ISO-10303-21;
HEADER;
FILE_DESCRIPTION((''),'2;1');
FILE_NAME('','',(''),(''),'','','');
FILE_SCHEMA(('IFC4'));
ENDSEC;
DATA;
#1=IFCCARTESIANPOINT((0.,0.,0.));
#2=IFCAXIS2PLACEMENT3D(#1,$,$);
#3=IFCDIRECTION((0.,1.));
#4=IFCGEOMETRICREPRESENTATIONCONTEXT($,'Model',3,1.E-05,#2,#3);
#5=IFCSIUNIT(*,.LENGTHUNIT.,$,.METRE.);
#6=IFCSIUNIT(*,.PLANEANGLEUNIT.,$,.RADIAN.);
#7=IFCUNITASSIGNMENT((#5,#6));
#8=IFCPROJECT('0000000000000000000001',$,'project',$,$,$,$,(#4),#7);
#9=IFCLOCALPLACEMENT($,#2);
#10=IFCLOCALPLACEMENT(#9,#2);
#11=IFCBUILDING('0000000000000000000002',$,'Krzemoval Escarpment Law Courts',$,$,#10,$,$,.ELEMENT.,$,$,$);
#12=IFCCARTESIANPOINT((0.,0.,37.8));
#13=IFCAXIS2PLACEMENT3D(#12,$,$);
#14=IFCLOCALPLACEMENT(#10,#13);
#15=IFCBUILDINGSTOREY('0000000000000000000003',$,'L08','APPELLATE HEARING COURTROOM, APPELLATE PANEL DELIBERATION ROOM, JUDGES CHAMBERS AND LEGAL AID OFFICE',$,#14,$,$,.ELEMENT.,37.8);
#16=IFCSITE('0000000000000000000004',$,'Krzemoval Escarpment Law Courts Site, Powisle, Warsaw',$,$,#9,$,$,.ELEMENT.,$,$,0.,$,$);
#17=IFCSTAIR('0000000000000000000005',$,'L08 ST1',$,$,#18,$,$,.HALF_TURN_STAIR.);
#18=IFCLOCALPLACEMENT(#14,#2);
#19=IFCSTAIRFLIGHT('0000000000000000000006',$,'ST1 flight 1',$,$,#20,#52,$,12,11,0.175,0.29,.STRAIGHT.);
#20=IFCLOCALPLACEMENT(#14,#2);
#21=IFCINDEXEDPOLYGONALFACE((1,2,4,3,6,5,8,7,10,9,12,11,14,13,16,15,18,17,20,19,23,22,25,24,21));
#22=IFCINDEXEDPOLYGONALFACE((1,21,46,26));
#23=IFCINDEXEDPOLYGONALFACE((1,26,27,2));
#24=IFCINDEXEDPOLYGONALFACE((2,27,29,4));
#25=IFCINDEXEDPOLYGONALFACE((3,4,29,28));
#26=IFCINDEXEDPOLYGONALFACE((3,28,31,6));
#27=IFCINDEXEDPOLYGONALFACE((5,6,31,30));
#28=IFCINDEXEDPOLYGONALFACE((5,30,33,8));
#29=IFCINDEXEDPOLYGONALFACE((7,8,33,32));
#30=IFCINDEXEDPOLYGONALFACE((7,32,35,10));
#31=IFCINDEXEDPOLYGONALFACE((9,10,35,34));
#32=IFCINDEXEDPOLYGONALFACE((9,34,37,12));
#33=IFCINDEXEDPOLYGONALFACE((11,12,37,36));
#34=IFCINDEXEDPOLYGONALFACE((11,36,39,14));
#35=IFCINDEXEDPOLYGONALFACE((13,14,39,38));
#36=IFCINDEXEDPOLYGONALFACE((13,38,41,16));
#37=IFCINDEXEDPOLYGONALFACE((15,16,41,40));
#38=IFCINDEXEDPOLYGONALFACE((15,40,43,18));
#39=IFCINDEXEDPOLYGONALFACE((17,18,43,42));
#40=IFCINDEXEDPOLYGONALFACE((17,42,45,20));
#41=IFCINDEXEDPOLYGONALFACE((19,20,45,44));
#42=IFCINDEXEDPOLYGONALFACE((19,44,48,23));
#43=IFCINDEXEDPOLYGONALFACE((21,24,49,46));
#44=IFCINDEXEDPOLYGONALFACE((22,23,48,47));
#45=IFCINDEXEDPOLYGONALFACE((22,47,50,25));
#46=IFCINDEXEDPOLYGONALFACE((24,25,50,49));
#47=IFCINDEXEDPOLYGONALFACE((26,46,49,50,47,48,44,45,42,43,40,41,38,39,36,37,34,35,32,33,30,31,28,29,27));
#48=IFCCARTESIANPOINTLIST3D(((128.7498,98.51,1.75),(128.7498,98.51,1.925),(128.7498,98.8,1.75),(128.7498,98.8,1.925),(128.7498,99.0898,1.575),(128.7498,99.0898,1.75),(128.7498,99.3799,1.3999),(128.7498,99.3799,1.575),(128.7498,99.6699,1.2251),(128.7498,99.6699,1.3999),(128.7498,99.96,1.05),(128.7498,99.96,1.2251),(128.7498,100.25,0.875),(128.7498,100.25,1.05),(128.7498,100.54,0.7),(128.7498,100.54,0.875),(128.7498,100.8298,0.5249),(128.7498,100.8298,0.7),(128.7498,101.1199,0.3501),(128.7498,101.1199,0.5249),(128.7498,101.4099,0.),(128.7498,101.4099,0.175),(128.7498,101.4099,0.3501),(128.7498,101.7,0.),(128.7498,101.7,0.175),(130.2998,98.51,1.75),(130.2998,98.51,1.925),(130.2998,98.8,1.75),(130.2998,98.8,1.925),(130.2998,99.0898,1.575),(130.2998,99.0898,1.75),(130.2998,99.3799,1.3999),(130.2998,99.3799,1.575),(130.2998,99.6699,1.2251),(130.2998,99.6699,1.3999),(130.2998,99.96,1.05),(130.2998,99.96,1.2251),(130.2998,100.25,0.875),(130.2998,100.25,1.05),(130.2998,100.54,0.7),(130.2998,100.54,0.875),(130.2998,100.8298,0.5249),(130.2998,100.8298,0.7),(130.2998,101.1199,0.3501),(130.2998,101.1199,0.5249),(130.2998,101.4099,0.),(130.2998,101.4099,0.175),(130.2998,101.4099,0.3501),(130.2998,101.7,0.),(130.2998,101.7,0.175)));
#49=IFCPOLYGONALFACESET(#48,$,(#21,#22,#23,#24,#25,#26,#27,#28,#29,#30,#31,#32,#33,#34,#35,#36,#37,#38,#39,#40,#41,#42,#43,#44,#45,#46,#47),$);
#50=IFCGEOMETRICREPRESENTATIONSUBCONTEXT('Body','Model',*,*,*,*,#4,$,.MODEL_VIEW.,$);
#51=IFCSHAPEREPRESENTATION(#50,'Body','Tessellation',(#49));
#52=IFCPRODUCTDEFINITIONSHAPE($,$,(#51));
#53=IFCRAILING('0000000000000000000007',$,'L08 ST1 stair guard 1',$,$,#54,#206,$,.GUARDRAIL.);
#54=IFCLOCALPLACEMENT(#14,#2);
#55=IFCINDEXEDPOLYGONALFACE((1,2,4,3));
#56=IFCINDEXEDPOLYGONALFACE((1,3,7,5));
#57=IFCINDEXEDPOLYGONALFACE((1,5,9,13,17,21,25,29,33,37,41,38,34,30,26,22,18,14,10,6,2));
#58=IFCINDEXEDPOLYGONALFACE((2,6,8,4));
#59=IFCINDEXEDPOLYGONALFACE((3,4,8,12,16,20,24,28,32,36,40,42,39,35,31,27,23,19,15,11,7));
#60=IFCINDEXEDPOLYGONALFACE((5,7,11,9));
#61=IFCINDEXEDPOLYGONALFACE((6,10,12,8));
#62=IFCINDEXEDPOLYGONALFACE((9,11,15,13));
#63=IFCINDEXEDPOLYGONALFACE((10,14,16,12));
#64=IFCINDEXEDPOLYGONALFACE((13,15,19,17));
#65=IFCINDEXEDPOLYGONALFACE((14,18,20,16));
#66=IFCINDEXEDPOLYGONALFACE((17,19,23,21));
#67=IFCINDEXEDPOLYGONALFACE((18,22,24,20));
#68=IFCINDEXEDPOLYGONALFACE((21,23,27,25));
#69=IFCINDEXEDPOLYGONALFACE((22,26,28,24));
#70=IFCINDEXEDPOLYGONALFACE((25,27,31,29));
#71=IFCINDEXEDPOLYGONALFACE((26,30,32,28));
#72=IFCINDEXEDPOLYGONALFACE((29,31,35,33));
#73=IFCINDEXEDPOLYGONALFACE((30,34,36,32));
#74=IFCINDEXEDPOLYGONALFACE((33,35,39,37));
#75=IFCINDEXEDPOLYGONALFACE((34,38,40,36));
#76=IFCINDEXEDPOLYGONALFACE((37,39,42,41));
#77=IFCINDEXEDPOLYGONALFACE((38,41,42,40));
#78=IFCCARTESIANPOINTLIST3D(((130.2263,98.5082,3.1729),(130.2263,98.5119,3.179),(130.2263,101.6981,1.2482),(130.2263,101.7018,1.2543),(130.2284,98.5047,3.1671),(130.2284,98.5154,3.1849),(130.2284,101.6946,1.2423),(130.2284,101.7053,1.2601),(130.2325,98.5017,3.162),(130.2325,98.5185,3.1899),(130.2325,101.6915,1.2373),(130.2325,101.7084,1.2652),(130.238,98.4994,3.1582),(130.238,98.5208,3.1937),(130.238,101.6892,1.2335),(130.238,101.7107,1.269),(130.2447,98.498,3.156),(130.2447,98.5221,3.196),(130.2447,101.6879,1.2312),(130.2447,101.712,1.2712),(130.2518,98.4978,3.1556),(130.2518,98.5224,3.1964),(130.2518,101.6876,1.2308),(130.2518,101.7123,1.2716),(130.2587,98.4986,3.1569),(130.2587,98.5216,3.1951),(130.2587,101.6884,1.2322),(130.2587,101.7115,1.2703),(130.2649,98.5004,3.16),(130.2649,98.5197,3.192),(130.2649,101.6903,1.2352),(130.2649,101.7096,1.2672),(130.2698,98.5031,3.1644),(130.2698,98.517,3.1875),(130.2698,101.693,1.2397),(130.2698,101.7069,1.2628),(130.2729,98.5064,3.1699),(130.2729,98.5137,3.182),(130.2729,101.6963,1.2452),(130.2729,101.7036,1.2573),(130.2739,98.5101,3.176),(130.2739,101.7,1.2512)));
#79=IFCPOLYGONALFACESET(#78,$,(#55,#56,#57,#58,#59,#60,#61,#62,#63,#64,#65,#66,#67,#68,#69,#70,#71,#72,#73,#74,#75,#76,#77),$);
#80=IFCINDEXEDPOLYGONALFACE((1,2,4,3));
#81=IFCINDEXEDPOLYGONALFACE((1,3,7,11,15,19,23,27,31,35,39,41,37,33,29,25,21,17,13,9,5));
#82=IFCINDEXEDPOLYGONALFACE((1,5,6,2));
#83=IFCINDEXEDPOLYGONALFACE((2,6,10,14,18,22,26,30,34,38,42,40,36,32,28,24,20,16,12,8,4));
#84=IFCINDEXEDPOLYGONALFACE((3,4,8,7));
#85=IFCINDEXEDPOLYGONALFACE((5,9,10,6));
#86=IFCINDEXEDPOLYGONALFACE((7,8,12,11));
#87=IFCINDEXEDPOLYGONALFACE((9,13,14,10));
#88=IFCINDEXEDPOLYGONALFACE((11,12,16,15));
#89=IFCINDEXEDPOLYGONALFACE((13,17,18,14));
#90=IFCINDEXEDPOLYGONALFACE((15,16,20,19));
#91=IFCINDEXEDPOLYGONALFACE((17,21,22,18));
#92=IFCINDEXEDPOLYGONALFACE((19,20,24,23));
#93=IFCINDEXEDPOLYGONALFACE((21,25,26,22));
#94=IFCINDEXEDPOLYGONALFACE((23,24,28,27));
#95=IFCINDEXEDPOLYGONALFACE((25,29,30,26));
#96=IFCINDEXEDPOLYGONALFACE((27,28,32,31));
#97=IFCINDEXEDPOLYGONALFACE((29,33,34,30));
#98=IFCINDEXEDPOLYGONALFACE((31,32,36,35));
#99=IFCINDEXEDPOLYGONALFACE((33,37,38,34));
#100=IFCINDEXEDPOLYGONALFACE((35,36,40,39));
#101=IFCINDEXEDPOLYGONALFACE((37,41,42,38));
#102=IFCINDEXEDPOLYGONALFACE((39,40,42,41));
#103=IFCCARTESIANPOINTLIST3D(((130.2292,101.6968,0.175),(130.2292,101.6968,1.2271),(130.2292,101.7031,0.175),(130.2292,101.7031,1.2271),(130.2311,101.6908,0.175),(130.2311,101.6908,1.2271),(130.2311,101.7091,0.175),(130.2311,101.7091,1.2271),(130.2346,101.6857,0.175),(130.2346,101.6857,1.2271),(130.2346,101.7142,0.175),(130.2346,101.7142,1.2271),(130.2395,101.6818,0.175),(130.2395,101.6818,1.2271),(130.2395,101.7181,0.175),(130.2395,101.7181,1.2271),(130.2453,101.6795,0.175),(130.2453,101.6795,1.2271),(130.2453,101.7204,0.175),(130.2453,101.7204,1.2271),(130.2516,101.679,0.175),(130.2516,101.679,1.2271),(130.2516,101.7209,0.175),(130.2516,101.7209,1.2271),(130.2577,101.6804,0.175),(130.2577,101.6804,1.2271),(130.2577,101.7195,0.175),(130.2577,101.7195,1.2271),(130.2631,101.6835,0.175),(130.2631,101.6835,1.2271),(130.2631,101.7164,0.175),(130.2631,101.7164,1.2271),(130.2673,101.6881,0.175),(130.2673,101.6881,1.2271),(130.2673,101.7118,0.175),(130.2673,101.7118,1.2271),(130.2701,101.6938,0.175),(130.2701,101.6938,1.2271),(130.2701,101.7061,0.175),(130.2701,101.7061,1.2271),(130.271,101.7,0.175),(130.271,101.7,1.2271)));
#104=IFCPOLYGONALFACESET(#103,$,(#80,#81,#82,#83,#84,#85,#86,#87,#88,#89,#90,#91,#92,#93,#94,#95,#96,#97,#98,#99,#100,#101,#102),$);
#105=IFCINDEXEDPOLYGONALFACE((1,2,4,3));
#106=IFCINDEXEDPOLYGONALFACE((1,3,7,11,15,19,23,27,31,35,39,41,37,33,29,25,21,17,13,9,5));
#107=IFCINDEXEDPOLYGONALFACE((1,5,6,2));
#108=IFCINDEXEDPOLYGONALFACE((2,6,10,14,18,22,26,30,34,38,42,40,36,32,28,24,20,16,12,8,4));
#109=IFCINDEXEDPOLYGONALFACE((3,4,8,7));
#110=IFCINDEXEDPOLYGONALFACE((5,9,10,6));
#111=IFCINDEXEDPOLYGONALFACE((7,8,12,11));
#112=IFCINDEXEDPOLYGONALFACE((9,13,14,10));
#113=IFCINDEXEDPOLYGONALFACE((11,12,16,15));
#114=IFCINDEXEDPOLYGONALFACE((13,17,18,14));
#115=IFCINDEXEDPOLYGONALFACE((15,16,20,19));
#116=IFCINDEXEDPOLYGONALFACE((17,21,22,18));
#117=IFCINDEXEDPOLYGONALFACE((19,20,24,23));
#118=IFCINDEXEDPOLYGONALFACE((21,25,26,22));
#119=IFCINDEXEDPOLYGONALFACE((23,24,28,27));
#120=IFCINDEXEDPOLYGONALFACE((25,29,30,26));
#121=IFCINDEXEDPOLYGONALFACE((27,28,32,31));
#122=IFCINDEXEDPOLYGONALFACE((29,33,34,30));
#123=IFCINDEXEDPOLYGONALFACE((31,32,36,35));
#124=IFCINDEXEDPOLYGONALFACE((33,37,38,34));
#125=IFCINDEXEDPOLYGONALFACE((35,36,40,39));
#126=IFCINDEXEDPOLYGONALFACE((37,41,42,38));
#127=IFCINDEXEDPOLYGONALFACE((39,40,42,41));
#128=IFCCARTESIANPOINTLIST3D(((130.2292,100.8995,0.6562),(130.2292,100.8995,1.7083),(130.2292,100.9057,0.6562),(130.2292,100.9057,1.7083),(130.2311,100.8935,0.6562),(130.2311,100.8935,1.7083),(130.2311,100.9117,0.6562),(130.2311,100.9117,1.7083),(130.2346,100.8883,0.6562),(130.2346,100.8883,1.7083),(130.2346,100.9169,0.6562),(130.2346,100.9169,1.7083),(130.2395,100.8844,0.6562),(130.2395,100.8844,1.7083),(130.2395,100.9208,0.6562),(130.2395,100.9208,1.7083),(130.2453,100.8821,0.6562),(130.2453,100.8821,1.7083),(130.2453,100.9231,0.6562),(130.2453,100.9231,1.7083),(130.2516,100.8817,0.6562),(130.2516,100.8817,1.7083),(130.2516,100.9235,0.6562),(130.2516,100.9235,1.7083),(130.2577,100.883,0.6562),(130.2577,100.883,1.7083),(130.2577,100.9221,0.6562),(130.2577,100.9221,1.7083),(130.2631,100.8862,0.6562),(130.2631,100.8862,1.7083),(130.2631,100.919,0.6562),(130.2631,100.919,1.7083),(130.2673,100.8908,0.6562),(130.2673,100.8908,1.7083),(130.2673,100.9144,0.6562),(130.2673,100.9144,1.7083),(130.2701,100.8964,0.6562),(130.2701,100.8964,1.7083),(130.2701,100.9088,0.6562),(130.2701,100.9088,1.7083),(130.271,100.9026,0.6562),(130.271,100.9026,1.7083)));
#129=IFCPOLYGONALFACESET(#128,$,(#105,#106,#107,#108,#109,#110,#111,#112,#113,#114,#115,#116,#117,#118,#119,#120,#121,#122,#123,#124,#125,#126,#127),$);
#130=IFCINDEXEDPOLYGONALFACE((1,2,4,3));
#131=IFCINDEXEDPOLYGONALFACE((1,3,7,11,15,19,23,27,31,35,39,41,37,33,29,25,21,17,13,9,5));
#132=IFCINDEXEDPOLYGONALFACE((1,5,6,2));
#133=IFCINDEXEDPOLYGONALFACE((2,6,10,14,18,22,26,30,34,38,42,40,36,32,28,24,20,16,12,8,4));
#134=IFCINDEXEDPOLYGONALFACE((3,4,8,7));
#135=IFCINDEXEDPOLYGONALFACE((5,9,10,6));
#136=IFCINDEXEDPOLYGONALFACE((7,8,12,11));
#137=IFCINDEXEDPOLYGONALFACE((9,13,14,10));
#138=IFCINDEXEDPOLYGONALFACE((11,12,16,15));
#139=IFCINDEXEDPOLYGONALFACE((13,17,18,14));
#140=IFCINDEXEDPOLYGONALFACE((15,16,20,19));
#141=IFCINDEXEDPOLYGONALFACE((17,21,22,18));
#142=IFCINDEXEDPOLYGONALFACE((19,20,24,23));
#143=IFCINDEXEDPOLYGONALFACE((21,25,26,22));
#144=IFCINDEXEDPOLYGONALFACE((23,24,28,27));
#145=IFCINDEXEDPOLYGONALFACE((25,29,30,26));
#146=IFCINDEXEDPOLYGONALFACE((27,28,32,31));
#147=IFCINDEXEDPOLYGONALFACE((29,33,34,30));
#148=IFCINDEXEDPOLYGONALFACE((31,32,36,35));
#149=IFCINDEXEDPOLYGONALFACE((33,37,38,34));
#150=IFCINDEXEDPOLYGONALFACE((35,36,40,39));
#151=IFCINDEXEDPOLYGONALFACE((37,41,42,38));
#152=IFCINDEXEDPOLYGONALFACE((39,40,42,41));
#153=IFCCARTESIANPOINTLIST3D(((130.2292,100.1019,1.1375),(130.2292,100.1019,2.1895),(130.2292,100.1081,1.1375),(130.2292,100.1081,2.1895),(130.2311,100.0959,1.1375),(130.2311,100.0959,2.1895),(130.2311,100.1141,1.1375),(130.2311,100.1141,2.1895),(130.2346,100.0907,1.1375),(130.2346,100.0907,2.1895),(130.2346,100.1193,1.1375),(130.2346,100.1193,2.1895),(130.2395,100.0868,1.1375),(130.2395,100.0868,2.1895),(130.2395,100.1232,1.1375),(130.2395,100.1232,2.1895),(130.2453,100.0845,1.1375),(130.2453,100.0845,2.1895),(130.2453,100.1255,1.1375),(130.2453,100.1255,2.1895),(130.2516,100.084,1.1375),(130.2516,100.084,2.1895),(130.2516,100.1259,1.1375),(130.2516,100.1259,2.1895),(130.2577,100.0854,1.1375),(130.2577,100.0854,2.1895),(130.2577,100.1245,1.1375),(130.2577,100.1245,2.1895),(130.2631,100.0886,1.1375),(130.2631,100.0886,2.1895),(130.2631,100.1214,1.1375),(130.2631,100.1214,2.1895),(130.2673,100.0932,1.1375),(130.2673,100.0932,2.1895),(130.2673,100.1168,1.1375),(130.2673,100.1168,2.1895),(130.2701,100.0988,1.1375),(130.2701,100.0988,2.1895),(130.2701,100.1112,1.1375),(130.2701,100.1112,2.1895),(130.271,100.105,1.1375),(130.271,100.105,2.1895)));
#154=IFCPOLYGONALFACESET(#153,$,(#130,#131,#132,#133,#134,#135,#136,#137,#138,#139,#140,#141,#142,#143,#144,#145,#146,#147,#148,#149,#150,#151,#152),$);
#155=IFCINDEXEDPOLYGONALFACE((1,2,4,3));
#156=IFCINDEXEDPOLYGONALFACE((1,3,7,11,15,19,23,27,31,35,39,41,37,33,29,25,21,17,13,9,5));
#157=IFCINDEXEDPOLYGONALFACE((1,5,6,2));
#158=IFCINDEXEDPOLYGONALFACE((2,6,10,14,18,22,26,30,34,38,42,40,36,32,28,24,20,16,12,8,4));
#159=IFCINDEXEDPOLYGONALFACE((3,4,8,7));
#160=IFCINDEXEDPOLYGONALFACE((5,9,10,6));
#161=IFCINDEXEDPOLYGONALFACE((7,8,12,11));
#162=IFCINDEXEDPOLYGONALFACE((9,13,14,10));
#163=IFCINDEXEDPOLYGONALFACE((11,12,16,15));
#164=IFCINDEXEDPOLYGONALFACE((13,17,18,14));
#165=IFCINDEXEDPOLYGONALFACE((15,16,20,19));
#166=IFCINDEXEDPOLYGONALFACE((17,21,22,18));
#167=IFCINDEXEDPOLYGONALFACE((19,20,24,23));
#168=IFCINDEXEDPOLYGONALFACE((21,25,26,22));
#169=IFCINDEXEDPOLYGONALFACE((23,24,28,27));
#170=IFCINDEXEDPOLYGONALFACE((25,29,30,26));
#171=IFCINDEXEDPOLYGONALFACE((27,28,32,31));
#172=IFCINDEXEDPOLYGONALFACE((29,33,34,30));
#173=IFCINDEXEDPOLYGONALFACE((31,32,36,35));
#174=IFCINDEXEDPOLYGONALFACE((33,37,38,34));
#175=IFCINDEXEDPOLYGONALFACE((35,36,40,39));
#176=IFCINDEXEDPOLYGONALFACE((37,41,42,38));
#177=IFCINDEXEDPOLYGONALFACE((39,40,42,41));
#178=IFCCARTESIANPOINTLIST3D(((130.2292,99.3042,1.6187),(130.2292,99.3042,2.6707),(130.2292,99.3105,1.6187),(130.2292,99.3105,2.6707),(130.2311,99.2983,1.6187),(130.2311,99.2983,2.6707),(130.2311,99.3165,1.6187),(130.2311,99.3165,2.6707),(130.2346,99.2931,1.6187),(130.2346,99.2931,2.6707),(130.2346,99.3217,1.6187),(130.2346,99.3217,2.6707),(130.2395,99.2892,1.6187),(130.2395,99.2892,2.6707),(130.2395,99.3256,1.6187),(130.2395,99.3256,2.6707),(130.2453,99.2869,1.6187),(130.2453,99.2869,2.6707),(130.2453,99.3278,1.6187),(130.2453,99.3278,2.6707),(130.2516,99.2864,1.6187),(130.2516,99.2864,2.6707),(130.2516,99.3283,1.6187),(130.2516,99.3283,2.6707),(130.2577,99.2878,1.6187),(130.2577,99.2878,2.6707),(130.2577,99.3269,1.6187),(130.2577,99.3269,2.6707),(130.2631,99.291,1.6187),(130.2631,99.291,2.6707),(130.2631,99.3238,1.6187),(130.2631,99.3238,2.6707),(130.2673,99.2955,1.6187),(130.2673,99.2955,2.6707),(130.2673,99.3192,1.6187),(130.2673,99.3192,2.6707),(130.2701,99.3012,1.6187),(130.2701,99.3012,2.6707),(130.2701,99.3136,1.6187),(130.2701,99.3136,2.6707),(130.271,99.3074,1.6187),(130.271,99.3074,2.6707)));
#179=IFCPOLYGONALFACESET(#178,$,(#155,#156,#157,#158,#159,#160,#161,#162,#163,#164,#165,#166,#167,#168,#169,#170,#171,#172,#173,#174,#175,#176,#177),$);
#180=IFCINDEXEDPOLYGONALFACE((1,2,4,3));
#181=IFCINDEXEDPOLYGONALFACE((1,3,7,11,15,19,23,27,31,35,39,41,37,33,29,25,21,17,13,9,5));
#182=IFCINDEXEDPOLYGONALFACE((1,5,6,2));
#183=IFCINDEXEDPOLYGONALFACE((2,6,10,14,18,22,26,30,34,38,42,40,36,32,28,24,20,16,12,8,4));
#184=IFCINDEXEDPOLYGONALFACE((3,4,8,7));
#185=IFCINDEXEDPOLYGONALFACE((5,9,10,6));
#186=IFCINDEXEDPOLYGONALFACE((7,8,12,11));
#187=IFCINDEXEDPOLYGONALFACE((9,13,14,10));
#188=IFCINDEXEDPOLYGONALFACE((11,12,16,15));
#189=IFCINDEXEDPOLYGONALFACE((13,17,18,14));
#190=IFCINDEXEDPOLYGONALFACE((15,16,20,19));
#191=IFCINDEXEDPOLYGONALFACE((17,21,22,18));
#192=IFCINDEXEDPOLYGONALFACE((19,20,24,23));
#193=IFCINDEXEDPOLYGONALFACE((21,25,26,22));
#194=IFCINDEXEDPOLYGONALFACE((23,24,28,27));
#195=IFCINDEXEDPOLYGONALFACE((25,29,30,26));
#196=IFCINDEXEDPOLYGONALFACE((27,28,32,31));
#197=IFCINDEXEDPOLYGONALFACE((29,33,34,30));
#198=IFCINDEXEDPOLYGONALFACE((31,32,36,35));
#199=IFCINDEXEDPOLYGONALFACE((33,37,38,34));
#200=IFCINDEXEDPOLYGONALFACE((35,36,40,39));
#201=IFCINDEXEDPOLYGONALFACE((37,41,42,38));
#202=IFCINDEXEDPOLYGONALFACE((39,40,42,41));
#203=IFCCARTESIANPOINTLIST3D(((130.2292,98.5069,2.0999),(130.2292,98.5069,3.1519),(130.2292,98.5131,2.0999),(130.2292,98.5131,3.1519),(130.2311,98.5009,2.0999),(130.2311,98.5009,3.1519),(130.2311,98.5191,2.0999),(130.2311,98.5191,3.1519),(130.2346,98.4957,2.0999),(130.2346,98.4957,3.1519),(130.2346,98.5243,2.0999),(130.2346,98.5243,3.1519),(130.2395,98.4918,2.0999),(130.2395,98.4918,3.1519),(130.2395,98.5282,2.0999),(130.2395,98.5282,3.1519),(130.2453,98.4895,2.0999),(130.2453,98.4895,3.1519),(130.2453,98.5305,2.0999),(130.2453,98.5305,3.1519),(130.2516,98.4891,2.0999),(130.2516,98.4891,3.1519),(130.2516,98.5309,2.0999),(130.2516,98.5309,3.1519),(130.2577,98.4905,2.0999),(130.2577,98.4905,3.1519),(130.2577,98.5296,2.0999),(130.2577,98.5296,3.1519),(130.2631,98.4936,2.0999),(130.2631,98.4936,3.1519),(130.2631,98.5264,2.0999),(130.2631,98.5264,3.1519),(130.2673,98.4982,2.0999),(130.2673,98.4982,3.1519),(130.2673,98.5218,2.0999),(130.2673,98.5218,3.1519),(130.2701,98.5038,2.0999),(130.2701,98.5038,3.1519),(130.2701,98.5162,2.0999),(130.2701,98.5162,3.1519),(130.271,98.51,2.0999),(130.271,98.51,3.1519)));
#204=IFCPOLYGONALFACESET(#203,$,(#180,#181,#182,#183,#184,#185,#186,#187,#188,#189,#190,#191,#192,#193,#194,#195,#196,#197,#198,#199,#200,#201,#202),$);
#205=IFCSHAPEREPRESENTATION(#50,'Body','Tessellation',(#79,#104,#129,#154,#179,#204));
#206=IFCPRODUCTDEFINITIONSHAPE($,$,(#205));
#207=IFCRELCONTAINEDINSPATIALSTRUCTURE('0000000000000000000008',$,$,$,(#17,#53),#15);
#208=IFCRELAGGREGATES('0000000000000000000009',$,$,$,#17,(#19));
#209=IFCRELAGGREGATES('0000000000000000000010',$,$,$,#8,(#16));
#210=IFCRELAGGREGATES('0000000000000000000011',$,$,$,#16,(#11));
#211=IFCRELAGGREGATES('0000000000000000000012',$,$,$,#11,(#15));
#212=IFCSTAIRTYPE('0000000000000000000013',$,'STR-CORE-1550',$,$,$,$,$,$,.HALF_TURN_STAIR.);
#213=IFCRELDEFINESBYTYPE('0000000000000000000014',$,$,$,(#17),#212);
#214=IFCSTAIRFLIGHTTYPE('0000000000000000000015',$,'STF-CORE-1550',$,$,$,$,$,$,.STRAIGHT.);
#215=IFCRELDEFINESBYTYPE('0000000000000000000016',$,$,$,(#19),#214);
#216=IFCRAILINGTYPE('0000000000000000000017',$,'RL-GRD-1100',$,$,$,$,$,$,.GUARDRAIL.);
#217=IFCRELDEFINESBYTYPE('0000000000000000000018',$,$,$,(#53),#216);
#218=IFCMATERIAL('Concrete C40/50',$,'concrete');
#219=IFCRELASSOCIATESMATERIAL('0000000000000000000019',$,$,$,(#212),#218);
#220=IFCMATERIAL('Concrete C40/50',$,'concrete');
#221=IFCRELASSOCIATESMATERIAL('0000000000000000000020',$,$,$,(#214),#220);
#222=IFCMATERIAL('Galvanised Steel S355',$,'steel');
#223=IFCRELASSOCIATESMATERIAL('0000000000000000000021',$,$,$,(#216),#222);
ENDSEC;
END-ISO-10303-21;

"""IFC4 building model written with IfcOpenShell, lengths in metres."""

from ifc_helpers import new_model, si_unit, direction, frame, origin, origin_2d, place, context, subcontext, project, spatial, polyline, circle, outline, extrude, material, type_object, element, aggregate, save


model = new_model("IFC4")

# Units and contexts
model_context = context("Model", 3, precision=1e-05, world=origin(), true_north=direction((0.0, 1.0)))
body_context = subcontext(model_context, "Body", "Model", "MODEL_VIEW")
ifc_project = project(units=[si_unit("LENGTHUNIT", "METRE"), si_unit("PLANEANGLEUNIT", "RADIAN")], contexts=[model_context])

# Site, building, storey
site_placement = place(None, origin())
site = spatial("IfcSite", under=ifc_project, at=site_placement, Name="Krzemoval Escarpment Law Courts Site, Powisle, Warsaw", CompositionType="ELEMENT", RefElevation=0.0)
building_placement = place(site_placement, origin())
building = spatial("IfcBuilding", under=site, at=building_placement, Name="Krzemoval Escarpment Law Courts", CompositionType="ELEMENT")
storey_placement = place(building_placement, frame((0.0, 0.0, 37.8)))
storey = spatial("IfcBuildingStorey", under=building, at=storey_placement, Name="L08", Description="APPELLATE HEARING COURTROOM, APPELLATE PANEL DELIBERATION ROOM, JUDGES CHAMBERS AND LEGAL AID OFFICE", CompositionType="ELEMENT", Elevation=37.8)

# Stair, stair flight
ifc_material_1 = material(Name="Concrete C40/50", Category="concrete")
stair_type = type_object("IfcStairType", Name="STR-CORE-1550", PredefinedType="HALF_TURN_STAIR", material=ifc_material_1)
stair_placement = place(storey_placement, origin())
stair = element("IfcStair", 1, at=stair_placement, inside=storey, type_object=stair_type, Name="L08 ST1", PredefinedType="HALF_TURN_STAIR")
ifc_material_2 = material(Name="Concrete C40/50", Category="concrete")
stair_flight_type = type_object("IfcStairFlightType", Name="STF-CORE-1550", PredefinedType="STRAIGHT", material=ifc_material_2)
stair_flight_placement = place(storey_placement, frame((129.5249, 101.7, 0.0), z_axis=(0.0, 0.0, 1.0), x_axis=(0.0, -1.0, 0.0)))
stair_flight = element("IfcStairFlight", 2, at=stair_flight_placement, type_object=stair_flight_type, Name="ST1 flight 1", NumberOfRisers=12, NumberOfTreads=11, PredefinedType="STRAIGHT", RiserHeight=0.175, TreadLength=0.29, context=body_context, shape_type="SweptSolid", body=[
    extrude(outline(polyline([(0.0, 0.0), (0.0, 0.175), (0.29, 0.175), (0.29, 0.3501), (0.5801, 0.3501), (0.5801, 0.5249), (0.8701, 0.5249), (0.8701, 0.7), (1.1599, 0.7), (1.1599, 0.875), (1.45, 0.875), (1.45, 1.05), (1.74, 1.05), (1.74, 1.2251), (2.03, 1.2251), (2.03, 1.3999), (2.3201, 1.3999), (2.3201, 1.575), (2.6101, 1.575), (2.6101, 1.75), (2.8999, 1.75), (2.8999, 1.925), (3.1899, 1.925), (3.1899, 2.1001), (3.1899, 1.75), (0.29, 0.0), (0.0, 0.0)])), frame((0.0, 0.7749, 0.0), z_axis=(0.0, -1.0, 0.0), x_axis=(1.0, 0.0, 0.0)), (0.0, 0.0, 1.0), 1.55),
])
aggregate(stair, [stair_flight])

# Railing
ifc_material_3 = material(Name="Galvanised Steel S355", Category="steel")
railing_type_1 = type_object("IfcRailingType", Name="RL-GRD-1100", PredefinedType="GUARDRAIL", material=ifc_material_3)
railing_1_placement = place(storey_placement, frame((130.25, 101.7, 0.175)))
element("IfcRailing", 3, at=railing_1_placement, inside=storey, type_object=railing_type_1, Name="L08 ST1 stair guard 1", PredefinedType="GUARDRAIL", context=body_context, shape_type="SweptSolid", body=[
    extrude(circle(Radius=0.0239, at=origin_2d()), frame((0.0, 0.0, 1.0762), z_axis=(0.0, -0.856207, 0.516633), x_axis=(1.0, 0.0, 0.0)), (0.0, 0.0, 1.0), 3.7256),
    extrude(circle(Radius=0.021, at=origin_2d()), origin(), (0.0, 0.0, 1.0), 1.052),
    extrude(circle(Radius=0.021, at=origin_2d()), frame((0.0, -0.7974, 0.4812)), (0.0, 0.0, 1.0), 1.052),
    extrude(circle(Radius=0.021, at=origin_2d()), frame((0.0, -1.595, 0.9624)), (0.0, 0.0, 1.0), 1.052),
    extrude(circle(Radius=0.021, at=origin_2d()), frame((0.0, -2.3926, 1.4436)), (0.0, 0.0, 1.0), 1.052),
    extrude(circle(Radius=0.021, at=origin_2d()), frame((0.0, -3.1899, 1.9248)), (0.0, 0.0, 1.0), 1.052),
])

save(model, "model.ifc")
